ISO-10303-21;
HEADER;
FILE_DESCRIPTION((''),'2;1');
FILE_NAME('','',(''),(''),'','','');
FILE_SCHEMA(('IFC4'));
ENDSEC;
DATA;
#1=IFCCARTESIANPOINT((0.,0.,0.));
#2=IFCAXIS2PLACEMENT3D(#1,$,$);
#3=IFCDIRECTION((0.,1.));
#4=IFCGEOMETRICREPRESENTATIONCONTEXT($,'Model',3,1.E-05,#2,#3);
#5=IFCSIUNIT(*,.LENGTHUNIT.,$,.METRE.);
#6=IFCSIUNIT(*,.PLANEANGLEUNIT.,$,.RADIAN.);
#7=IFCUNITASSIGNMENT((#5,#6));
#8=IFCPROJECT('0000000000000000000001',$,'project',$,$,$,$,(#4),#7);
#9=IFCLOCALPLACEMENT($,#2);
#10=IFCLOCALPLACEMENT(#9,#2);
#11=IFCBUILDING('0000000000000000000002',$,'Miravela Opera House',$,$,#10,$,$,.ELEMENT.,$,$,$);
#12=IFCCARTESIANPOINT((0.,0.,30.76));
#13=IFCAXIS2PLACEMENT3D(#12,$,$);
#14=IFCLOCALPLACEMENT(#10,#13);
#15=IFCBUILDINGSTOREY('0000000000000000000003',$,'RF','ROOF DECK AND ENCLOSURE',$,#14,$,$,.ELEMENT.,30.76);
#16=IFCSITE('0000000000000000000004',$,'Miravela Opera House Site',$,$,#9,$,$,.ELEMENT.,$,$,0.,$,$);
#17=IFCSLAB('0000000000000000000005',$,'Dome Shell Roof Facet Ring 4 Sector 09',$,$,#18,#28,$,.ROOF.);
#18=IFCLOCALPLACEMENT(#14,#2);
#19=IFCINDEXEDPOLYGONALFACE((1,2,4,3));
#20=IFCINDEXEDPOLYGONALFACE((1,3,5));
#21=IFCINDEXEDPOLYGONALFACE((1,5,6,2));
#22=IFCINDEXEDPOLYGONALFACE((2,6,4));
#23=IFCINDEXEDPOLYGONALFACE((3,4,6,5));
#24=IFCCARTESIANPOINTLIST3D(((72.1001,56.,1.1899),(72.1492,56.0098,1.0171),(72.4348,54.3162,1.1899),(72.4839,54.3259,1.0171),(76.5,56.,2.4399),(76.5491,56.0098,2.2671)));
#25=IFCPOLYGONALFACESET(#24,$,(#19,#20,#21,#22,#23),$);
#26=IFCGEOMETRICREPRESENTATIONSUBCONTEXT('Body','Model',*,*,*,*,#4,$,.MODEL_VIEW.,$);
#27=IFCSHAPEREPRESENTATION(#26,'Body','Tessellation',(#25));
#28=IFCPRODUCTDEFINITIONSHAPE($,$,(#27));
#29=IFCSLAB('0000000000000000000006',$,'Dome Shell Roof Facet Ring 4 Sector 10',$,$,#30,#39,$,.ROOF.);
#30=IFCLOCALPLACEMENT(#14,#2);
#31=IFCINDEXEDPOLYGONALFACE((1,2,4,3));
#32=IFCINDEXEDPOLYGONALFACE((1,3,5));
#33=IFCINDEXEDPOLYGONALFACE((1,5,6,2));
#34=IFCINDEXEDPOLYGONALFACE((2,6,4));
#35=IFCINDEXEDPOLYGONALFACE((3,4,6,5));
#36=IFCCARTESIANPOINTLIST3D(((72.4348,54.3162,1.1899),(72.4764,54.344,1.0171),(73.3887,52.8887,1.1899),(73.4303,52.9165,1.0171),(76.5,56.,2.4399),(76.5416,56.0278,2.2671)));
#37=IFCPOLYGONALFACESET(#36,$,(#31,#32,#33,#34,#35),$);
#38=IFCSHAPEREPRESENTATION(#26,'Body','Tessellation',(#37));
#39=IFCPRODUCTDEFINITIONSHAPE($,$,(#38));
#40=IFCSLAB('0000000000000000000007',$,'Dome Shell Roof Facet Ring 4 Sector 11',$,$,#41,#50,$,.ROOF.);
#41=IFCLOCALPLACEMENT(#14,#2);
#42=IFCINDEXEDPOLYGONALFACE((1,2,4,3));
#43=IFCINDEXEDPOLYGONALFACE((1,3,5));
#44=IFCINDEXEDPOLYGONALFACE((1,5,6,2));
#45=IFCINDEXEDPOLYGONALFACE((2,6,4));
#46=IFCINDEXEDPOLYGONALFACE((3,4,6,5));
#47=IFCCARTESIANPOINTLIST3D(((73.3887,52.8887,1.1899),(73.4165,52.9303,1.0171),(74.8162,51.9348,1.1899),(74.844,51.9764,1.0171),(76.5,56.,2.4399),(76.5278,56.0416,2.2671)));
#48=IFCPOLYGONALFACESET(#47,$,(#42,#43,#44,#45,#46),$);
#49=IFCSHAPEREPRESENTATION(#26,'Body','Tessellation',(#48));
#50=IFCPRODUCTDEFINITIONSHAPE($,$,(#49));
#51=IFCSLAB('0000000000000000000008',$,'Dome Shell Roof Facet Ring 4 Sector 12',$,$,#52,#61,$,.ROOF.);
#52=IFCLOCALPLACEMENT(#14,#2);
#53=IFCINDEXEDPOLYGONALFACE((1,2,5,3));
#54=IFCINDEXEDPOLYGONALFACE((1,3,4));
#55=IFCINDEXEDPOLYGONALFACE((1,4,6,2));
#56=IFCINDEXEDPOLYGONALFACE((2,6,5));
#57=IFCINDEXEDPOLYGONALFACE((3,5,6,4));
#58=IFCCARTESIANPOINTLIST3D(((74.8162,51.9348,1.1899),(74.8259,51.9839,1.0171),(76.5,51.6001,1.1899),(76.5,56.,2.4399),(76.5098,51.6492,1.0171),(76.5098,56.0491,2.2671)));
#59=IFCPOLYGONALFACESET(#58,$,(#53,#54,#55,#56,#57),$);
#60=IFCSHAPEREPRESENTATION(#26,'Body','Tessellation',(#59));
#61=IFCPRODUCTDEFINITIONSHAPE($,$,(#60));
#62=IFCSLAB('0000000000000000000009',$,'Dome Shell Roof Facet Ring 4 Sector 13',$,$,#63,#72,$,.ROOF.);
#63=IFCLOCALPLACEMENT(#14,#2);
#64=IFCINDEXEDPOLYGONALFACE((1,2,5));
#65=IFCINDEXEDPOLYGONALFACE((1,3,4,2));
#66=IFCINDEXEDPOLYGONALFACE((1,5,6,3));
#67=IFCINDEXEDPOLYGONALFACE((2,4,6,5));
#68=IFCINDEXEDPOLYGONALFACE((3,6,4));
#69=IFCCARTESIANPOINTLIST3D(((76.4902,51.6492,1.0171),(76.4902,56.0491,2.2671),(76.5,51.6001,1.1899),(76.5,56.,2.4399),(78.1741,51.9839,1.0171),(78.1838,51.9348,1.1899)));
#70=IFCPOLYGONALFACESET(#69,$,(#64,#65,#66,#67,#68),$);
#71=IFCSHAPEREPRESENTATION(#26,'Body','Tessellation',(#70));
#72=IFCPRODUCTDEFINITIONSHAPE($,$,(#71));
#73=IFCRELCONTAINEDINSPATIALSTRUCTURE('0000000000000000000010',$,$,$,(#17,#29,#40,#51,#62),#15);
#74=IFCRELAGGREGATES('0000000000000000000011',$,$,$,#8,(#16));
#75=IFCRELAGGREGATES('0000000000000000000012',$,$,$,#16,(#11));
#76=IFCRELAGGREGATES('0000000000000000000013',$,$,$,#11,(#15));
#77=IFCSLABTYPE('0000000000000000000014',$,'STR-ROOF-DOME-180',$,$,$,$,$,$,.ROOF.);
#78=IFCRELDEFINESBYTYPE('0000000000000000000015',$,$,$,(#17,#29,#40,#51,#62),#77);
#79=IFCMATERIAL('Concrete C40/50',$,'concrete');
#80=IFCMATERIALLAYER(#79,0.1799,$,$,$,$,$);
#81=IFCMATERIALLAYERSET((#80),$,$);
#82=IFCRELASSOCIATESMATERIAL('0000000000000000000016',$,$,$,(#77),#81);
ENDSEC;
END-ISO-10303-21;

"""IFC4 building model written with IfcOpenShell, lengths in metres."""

from ifc_helpers import new_model, si_unit, direction, frame, origin, place, context, subcontext, project, spatial, polyline, outline, extrude, material, layer, layer_set, type_object, element, save


model = new_model("IFC4")

# Units and contexts
model_context = context("Model", 3, precision=1e-05, world=origin(), true_north=direction((0.0, 1.0)))
body_context = subcontext(model_context, "Body", "Model", "MODEL_VIEW")
ifc_project = project(units=[si_unit("LENGTHUNIT", "METRE"), si_unit("PLANEANGLEUNIT", "RADIAN")], contexts=[model_context])

# Site, building, storey
site_placement = place(None, origin())
site = spatial("IfcSite", under=ifc_project, at=site_placement, Name="Miravela Opera House Site", CompositionType="ELEMENT", RefElevation=0.0)
building_placement = place(site_placement, origin())
building = spatial("IfcBuilding", under=site, at=building_placement, Name="Miravela Opera House", CompositionType="ELEMENT")
storey_placement = place(building_placement, frame((0.0, 0.0, 30.76)))
storey = spatial("IfcBuildingStorey", under=building, at=storey_placement, Name="RF", Description="ROOF DECK AND ENCLOSURE", CompositionType="ELEMENT", Elevation=30.76)

# Slabs
ifc_material_1 = material(Name="Concrete C40/50", Category="concrete")
ifc_layer_1 = layer(ifc_material_1, 0.1799)
ifc_layer_set_1 = layer_set([ifc_layer_1])
slab_type = type_object("IfcSlabType", Name="STR-ROOF-DOME-180", PredefinedType="ROOF", material=ifc_layer_set_1)
slab_1_placement = place(storey_placement, frame((72.1001, 56.0, 1.1899), z_axis=(-0.27288, -0.054244, 0.960518), x_axis=(0.194967, -0.98081, 0.0)))
element("IfcSlab", 1, at=slab_1_placement, inside=storey, type_object=slab_type, Name="Dome Shell Roof Facet Ring 4 Sector 09", PredefinedType="ROOF", context=body_context, shape_type="SweptSolid", body=[
    extrude(outline(polyline([(0.0, 0.0), (1.7168, 0.0), (0.8578, 4.4929), (0.0, 0.0)])), origin(), (0.0, 0.0, -1.0), 0.1799),
])
slab_2_placement = place(storey_placement, frame((72.4348, 54.3162, 1.1899), z_axis=(-0.231324, -0.154572, 0.960519), x_axis=(0.555586, -0.831459, 0.0)))
element("IfcSlab", 2, at=slab_2_placement, inside=storey, type_object=slab_type, Name="Dome Shell Roof Facet Ring 4 Sector 10", PredefinedType="ROOF", context=body_context, shape_type="SweptSolid", body=[
    extrude(outline(polyline([(0.0, 0.0), (1.7168, 0.0), (0.8585, 4.4929), (0.0, 0.0)])), origin(), (0.0, 0.0, -1.0), 0.1799),
])
slab_3_placement = place(storey_placement, frame((73.3887, 52.8887, 1.1899), z_axis=(-0.154572, -0.231324, 0.960519), x_axis=(0.831459, -0.555586, 0.0)))
element("IfcSlab", 3, at=slab_3_placement, inside=storey, type_object=slab_type, Name="Dome Shell Roof Facet Ring 4 Sector 11", PredefinedType="ROOF", context=body_context, shape_type="SweptSolid", body=[
    extrude(outline(polyline([(0.0, 0.0), (1.7168, 0.0), (0.8583, 4.4929), (0.0, 0.0)])), origin(), (0.0, 0.0, -1.0), 0.1799),
])
slab_4_placement = place(storey_placement, frame((74.8162, 51.9348, 1.1899), z_axis=(-0.054244, -0.27288, 0.960518), x_axis=(0.98081, -0.194967, 0.0)))
element("IfcSlab", 4, at=slab_4_placement, inside=storey, type_object=slab_type, Name="Dome Shell Roof Facet Ring 4 Sector 12", PredefinedType="ROOF", context=body_context, shape_type="SweptSolid", body=[
    extrude(outline(polyline([(0.0, 0.0), (1.7168, 0.0), (0.8589, 4.4929), (0.0, 0.0)])), origin(), (0.0, 0.0, -1.0), 0.1799),
])
slab_5_placement = place(storey_placement, frame((76.5, 51.6001, 1.1899), z_axis=(0.054244, -0.27288, 0.960518), x_axis=(0.98081, 0.194967, 0.0)))
element("IfcSlab", 5, at=slab_5_placement, inside=storey, type_object=slab_type, Name="Dome Shell Roof Facet Ring 4 Sector 13", PredefinedType="ROOF", context=body_context, shape_type="SweptSolid", body=[
    extrude(outline(polyline([(0.0, 0.0), (1.7168, 0.0), (0.8578, 4.4929), (0.0, 0.0)])), origin(), (0.0, 0.0, -1.0), 0.1799),
])

save(model, "model.ifc")
